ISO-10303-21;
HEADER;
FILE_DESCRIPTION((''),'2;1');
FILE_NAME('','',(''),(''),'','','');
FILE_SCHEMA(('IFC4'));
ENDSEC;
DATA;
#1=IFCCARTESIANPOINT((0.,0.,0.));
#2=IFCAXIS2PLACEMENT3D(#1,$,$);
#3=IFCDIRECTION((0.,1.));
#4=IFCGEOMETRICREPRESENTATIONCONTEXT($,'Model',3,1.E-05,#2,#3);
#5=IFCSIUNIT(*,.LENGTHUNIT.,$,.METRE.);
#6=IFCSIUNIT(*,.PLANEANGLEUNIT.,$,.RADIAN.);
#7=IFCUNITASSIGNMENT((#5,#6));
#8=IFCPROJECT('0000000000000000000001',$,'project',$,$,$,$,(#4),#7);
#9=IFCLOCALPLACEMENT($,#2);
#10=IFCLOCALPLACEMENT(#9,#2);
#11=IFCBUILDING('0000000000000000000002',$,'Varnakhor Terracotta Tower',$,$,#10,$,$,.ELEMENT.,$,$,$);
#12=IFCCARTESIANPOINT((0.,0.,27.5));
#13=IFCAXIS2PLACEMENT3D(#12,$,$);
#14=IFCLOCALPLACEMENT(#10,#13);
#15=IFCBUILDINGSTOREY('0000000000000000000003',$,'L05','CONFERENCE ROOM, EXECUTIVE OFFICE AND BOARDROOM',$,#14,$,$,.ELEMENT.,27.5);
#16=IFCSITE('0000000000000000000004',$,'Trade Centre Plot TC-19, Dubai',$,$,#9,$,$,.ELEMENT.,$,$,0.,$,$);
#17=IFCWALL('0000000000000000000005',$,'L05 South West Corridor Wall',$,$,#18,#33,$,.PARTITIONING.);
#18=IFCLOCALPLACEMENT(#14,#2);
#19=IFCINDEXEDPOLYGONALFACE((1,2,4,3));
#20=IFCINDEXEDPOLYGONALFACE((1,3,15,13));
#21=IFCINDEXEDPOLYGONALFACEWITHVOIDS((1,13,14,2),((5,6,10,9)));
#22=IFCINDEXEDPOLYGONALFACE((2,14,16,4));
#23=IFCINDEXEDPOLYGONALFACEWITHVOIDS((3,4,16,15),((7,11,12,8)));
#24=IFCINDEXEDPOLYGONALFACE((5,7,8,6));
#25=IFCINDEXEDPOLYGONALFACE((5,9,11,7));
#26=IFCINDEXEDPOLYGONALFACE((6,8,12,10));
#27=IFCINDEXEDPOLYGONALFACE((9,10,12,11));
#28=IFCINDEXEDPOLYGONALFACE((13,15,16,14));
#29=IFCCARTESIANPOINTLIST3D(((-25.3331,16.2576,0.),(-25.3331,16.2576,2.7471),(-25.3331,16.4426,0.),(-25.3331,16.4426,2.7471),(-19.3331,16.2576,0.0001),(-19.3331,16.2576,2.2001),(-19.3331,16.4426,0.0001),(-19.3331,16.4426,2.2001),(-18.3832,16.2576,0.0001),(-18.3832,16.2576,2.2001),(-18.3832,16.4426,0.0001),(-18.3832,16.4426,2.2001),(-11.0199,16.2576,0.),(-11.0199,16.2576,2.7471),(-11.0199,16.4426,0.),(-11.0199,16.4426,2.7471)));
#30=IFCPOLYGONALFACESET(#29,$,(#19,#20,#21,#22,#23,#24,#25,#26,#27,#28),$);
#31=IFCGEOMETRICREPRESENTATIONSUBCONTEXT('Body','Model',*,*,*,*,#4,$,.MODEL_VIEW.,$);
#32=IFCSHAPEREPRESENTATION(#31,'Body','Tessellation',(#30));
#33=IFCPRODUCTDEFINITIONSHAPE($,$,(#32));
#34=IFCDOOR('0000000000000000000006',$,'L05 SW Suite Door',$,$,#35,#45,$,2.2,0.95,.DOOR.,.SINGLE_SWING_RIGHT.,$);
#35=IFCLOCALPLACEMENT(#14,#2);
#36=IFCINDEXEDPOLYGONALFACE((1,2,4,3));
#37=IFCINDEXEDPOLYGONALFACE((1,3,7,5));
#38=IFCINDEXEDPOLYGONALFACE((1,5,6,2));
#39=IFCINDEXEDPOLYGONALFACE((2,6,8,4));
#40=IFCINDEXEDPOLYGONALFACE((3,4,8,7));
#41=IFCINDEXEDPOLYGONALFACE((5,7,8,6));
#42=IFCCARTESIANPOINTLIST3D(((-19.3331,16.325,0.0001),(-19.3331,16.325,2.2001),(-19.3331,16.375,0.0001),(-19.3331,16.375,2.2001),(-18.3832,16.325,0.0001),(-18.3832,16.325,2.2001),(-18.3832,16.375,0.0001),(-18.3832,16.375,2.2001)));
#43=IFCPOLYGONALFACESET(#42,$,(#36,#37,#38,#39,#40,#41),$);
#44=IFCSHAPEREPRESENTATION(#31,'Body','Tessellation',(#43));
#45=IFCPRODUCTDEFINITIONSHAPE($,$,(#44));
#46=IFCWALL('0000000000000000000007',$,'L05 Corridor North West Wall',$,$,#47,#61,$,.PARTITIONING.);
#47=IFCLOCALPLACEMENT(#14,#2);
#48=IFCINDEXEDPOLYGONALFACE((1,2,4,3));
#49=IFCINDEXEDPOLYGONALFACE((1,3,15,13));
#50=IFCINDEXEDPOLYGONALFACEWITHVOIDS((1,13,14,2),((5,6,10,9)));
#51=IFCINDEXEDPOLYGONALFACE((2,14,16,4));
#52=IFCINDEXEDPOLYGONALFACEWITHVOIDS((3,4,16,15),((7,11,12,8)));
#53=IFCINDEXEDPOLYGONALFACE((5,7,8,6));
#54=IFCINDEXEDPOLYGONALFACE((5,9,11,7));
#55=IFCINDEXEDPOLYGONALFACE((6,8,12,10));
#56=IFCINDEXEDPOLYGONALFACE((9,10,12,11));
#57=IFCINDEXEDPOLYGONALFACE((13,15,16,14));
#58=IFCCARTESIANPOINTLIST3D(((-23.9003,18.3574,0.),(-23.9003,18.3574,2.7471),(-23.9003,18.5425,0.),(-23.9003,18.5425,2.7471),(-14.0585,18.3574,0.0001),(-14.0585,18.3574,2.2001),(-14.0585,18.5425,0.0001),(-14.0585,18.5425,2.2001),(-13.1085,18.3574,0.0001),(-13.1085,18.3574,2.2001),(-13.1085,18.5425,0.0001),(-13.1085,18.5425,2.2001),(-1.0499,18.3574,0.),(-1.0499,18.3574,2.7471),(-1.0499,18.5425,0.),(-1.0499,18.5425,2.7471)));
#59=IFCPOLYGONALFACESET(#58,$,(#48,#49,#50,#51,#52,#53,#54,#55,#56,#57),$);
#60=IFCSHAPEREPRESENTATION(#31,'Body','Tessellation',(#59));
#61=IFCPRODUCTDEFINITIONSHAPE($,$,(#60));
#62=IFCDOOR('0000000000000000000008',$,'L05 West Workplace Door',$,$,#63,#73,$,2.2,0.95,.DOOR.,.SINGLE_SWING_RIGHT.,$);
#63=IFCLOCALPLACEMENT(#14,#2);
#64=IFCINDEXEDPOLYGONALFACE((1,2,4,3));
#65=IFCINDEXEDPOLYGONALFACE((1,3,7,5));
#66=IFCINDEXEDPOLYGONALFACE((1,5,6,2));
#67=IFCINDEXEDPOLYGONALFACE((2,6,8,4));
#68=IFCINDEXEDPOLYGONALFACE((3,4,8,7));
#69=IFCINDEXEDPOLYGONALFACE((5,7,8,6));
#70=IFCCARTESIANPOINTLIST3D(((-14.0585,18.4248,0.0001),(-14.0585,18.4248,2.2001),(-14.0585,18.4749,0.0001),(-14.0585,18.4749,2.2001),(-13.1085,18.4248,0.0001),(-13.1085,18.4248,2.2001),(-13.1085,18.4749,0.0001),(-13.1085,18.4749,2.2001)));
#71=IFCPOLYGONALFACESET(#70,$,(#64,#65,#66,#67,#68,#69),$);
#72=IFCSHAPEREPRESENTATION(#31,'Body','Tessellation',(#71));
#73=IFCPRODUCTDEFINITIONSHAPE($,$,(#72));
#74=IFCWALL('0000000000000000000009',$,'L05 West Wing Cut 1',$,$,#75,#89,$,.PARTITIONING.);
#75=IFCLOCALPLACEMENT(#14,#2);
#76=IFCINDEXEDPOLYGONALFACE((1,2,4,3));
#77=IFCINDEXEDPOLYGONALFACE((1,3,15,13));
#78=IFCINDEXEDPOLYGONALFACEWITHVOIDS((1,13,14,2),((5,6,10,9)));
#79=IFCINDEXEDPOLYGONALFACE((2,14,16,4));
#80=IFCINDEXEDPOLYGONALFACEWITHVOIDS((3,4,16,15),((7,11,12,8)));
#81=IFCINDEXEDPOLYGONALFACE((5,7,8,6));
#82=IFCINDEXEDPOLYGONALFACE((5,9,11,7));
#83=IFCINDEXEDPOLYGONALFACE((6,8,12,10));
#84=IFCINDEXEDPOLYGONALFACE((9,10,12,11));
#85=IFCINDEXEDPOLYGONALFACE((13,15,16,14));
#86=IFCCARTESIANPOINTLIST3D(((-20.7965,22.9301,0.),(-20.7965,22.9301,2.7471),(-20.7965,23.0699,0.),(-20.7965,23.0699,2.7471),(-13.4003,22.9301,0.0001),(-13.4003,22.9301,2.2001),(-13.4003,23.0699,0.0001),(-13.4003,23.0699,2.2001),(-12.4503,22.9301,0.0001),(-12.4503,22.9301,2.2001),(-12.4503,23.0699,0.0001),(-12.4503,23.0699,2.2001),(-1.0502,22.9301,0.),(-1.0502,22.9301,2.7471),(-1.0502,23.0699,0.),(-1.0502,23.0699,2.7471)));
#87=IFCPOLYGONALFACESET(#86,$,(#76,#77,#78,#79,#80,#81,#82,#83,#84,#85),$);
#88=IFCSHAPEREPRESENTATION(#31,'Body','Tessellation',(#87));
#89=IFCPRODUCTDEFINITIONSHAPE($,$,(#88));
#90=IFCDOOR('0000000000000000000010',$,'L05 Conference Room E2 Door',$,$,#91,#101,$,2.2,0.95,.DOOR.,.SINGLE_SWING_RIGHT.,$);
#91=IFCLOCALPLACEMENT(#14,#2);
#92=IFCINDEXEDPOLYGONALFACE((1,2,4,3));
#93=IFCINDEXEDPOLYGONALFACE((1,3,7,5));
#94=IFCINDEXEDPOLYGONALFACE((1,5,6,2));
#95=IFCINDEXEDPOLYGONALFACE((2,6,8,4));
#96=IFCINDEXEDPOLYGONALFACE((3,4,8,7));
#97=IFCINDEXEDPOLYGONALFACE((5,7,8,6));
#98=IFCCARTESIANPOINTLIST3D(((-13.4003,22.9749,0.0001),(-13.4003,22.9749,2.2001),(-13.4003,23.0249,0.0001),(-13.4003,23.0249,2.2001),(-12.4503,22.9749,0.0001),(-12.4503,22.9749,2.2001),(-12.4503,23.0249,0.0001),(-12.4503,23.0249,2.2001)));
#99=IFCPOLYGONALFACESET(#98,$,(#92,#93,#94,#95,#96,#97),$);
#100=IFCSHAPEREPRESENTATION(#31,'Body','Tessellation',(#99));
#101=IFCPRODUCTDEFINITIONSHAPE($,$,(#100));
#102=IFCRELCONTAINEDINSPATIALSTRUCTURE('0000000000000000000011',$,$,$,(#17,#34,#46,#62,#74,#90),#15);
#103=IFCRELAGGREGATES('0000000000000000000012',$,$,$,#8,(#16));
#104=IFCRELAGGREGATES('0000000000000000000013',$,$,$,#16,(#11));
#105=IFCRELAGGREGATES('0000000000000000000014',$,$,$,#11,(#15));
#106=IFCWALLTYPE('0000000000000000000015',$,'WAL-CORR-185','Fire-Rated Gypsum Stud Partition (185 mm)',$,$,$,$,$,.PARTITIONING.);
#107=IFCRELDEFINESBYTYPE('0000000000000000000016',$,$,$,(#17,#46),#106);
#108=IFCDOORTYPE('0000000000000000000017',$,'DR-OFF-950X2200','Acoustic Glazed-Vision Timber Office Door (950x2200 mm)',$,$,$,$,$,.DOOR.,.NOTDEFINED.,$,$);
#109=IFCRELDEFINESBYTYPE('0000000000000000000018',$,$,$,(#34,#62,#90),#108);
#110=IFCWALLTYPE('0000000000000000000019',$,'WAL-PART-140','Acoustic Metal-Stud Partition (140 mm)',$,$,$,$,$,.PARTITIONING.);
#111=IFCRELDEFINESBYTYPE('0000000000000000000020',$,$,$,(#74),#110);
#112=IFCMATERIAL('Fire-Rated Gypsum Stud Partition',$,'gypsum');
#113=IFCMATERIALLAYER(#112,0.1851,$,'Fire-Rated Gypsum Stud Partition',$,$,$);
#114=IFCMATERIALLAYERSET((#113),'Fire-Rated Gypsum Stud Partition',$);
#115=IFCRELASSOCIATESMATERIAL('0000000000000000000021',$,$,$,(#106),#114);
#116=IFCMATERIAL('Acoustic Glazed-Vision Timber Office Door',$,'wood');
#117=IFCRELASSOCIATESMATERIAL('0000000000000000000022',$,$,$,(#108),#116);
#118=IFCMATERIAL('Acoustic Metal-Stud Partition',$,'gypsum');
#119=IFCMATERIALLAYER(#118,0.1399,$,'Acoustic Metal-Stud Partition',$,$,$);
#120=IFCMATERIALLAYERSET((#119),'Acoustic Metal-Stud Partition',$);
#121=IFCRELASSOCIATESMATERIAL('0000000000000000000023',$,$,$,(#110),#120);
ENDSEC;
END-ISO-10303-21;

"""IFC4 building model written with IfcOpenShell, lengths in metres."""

from ifc_helpers import new_model, si_unit, direction, frame, frame_2d, origin, place, context, subcontext, project, spatial, rectangle, extrude, source, transform, mapped, material, layer, layer_set, type_object, type_shapes, element, fill, save


model = new_model("IFC4")

# Units and contexts
model_context = context("Model", 3, precision=1e-05, world=origin(), true_north=direction((0.0, 1.0)))
body_context = subcontext(model_context, "Body", "Model", "MODEL_VIEW")
ifc_project = project(units=[si_unit("LENGTHUNIT", "METRE"), si_unit("PLANEANGLEUNIT", "RADIAN")], contexts=[model_context])

# Site, building, storey
site_placement = place(None, origin())
site = spatial("IfcSite", under=ifc_project, at=site_placement, Name="Trade Centre Plot TC-19, Dubai", CompositionType="ELEMENT", RefElevation=0.0)
building_placement = place(site_placement, origin())
building = spatial("IfcBuilding", under=site, at=building_placement, Name="Varnakhor Terracotta Tower", CompositionType="ELEMENT")
storey_placement = place(building_placement, frame((0.0, 0.0, 27.5)))
storey = spatial("IfcBuildingStorey", under=building, at=storey_placement, Name="L05", Description="CONFERENCE ROOM, EXECUTIVE OFFICE AND BOARDROOM", CompositionType="ELEMENT", Elevation=27.5)

# Walls, openings, doors
ifc_material_1 = material(Name="Fire-Rated Gypsum Stud Partition", Category="gypsum")
ifc_layer_1 = layer(ifc_material_1, 0.1851, Name="Fire-Rated Gypsum Stud Partition")
ifc_layer_set_1 = layer_set([ifc_layer_1], Name="Fire-Rated Gypsum Stud Partition")
wall_type_1 = type_object("IfcWallType", Name="WAL-CORR-185", Description="Fire-Rated Gypsum Stud Partition (185 mm)", PredefinedType="PARTITIONING", material=ifc_layer_set_1)
wall_1_placement = place(storey_placement, frame((-25.3333, 16.3501, 0.0), z_axis=(0.0, 0.0, 1.0), x_axis=(1.0, 0.0, 0.0)))
wall_1 = element("IfcWall", 1, at=wall_1_placement, inside=storey, type_object=wall_type_1, Name="L05 South West Corridor Wall", PredefinedType="PARTITIONING", context=body_context, shape_type="SweptSolid", body=[
    extrude(rectangle(XDim=14.3132, YDim=0.1851, at=frame_2d((7.1567, 0.0))), origin(), (0.0, 0.0, 1.0), 2.7471),
])
opening_1_placement = place(wall_1_placement, frame((6.0, 0.0, 0.0)))
opening_1 = element("IfcOpeningElement", 2, at=opening_1_placement, cuts=wall_1, PredefinedType="OPENING", context=body_context, shape_type="SweptSolid", body=[
    extrude(rectangle(XDim=0.95, YDim=2.2, at=frame_2d((0.4751, 1.1001))), frame((0.0, 0.1025, 0.0), z_axis=(0.0, -1.0, 0.0), x_axis=(1.0, 0.0, 0.0)), (0.0, 0.0, 1.0), 0.2051),
])
ifc_material_2 = material(Name="Acoustic Glazed-Vision Timber Office Door", Category="wood")
door_type = type_object("IfcDoorType", Name="DR-OFF-950X2200", Description="Acoustic Glazed-Vision Timber Office Door (950x2200 mm)", OperationType="NOTDEFINED", PredefinedType="DOOR", material=ifc_material_2)
shared_shape_1 = source(origin(), body_context, "Body", "SweptSolid", [
    extrude(rectangle(XDim=0.95, YDim=2.2, at=frame_2d((0.4751, 1.1001))), frame((0.0, 0.0249, 0.0), z_axis=(0.0, -1.0, 0.0), x_axis=(1.0, 0.0, 0.0)), (0.0, 0.0, 1.0), 0.05),
])
type_shapes(door_type, [shared_shape_1])
door_1_placement = place(opening_1_placement, origin())
door_1 = element("IfcDoor", 3, at=door_1_placement, inside=storey, type_object=door_type, Name="L05 SW Suite Door", OperationType="SINGLE_SWING_RIGHT", OverallHeight=2.2, OverallWidth=0.95, PredefinedType="DOOR", context=body_context, shape_type="MappedRepresentation", body=[
    mapped(shared_shape_1, transform((0.0, 0.0, 0.0), scale=1.0)),
])
fill(opening_1, door_1)
wall_2_placement = place(storey_placement, frame((-23.9004, 18.45, 0.0), z_axis=(0.0, 0.0, 1.0), x_axis=(1.0, 0.0, 0.0)))
wall_2 = element("IfcWall", 4, at=wall_2_placement, inside=storey, type_object=wall_type_1, Name="L05 Corridor North West Wall", PredefinedType="PARTITIONING", context=body_context, shape_type="SweptSolid", body=[
    extrude(rectangle(XDim=22.8503, YDim=0.1851, at=frame_2d((11.4253, 0.0))), origin(), (0.0, 0.0, 1.0), 2.7471),
])
opening_2_placement = place(wall_2_placement, frame((9.8418, 0.0, 0.0)))
opening_2 = element("IfcOpeningElement", 5, at=opening_2_placement, cuts=wall_2, PredefinedType="OPENING", context=body_context, shape_type="SweptSolid", body=[
    extrude(rectangle(XDim=0.95, YDim=2.2, at=frame_2d((0.4751, 1.1001))), frame((0.0, 0.1025, 0.0), z_axis=(0.0, -1.0, 0.0), x_axis=(1.0, 0.0, 0.0)), (0.0, 0.0, 1.0), 0.2051),
])
door_2_placement = place(opening_2_placement, origin())
door_2 = element("IfcDoor", 6, at=door_2_placement, inside=storey, type_object=door_type, Name="L05 West Workplace Door", OperationType="SINGLE_SWING_RIGHT", OverallHeight=2.2, OverallWidth=0.95, PredefinedType="DOOR", context=body_context, shape_type="MappedRepresentation", body=[
    mapped(shared_shape_1, transform((0.0, 0.0, 0.0), scale=1.0)),
])
fill(opening_2, door_2)
ifc_material_3 = material(Name="Acoustic Metal-Stud Partition", Category="gypsum")
ifc_layer_2 = layer(ifc_material_3, 0.1399, Name="Acoustic Metal-Stud Partition")
ifc_layer_set_2 = layer_set([ifc_layer_2], Name="Acoustic Metal-Stud Partition")
wall_type_2 = type_object("IfcWallType", Name="WAL-PART-140", Description="Acoustic Metal-Stud Partition (140 mm)", PredefinedType="PARTITIONING", material=ifc_layer_set_2)
wall_3_placement = place(storey_placement, frame((-20.7964, 23.0, 0.0), z_axis=(0.0, 0.0, 1.0), x_axis=(1.0, 0.0, 0.0)))
wall_3 = element("IfcWall", 7, at=wall_3_placement, inside=storey, type_object=wall_type_2, Name="L05 West Wing Cut 1", PredefinedType="PARTITIONING", context=body_context, shape_type="SweptSolid", body=[
    extrude(rectangle(XDim=19.7463, YDim=0.1399, at=frame_2d((9.873, 0.0))), origin(), (0.0, 0.0, 1.0), 2.7471),
])
opening_3_placement = place(wall_3_placement, frame((7.396, 0.0, 0.0)))
opening_3 = element("IfcOpeningElement", 8, at=opening_3_placement, cuts=wall_3, PredefinedType="OPENING", context=body_context, shape_type="SweptSolid", body=[
    extrude(rectangle(XDim=0.95, YDim=2.2, at=frame_2d((0.4751, 1.1001))), frame((0.0, 0.0801, 0.0), z_axis=(0.0, -1.0, 0.0), x_axis=(1.0, 0.0, 0.0)), (0.0, 0.0, 1.0), 0.1599),
])
door_3_placement = place(opening_3_placement, origin())
door_3 = element("IfcDoor", 9, at=door_3_placement, inside=storey, type_object=door_type, Name="L05 Conference Room E2 Door", OperationType="SINGLE_SWING_RIGHT", OverallHeight=2.2, OverallWidth=0.95, PredefinedType="DOOR", context=body_context, shape_type="MappedRepresentation", body=[
    mapped(shared_shape_1, transform((0.0, 0.0, 0.0), scale=1.0)),
])
fill(opening_3, door_3)

save(model, "model.ifc")
